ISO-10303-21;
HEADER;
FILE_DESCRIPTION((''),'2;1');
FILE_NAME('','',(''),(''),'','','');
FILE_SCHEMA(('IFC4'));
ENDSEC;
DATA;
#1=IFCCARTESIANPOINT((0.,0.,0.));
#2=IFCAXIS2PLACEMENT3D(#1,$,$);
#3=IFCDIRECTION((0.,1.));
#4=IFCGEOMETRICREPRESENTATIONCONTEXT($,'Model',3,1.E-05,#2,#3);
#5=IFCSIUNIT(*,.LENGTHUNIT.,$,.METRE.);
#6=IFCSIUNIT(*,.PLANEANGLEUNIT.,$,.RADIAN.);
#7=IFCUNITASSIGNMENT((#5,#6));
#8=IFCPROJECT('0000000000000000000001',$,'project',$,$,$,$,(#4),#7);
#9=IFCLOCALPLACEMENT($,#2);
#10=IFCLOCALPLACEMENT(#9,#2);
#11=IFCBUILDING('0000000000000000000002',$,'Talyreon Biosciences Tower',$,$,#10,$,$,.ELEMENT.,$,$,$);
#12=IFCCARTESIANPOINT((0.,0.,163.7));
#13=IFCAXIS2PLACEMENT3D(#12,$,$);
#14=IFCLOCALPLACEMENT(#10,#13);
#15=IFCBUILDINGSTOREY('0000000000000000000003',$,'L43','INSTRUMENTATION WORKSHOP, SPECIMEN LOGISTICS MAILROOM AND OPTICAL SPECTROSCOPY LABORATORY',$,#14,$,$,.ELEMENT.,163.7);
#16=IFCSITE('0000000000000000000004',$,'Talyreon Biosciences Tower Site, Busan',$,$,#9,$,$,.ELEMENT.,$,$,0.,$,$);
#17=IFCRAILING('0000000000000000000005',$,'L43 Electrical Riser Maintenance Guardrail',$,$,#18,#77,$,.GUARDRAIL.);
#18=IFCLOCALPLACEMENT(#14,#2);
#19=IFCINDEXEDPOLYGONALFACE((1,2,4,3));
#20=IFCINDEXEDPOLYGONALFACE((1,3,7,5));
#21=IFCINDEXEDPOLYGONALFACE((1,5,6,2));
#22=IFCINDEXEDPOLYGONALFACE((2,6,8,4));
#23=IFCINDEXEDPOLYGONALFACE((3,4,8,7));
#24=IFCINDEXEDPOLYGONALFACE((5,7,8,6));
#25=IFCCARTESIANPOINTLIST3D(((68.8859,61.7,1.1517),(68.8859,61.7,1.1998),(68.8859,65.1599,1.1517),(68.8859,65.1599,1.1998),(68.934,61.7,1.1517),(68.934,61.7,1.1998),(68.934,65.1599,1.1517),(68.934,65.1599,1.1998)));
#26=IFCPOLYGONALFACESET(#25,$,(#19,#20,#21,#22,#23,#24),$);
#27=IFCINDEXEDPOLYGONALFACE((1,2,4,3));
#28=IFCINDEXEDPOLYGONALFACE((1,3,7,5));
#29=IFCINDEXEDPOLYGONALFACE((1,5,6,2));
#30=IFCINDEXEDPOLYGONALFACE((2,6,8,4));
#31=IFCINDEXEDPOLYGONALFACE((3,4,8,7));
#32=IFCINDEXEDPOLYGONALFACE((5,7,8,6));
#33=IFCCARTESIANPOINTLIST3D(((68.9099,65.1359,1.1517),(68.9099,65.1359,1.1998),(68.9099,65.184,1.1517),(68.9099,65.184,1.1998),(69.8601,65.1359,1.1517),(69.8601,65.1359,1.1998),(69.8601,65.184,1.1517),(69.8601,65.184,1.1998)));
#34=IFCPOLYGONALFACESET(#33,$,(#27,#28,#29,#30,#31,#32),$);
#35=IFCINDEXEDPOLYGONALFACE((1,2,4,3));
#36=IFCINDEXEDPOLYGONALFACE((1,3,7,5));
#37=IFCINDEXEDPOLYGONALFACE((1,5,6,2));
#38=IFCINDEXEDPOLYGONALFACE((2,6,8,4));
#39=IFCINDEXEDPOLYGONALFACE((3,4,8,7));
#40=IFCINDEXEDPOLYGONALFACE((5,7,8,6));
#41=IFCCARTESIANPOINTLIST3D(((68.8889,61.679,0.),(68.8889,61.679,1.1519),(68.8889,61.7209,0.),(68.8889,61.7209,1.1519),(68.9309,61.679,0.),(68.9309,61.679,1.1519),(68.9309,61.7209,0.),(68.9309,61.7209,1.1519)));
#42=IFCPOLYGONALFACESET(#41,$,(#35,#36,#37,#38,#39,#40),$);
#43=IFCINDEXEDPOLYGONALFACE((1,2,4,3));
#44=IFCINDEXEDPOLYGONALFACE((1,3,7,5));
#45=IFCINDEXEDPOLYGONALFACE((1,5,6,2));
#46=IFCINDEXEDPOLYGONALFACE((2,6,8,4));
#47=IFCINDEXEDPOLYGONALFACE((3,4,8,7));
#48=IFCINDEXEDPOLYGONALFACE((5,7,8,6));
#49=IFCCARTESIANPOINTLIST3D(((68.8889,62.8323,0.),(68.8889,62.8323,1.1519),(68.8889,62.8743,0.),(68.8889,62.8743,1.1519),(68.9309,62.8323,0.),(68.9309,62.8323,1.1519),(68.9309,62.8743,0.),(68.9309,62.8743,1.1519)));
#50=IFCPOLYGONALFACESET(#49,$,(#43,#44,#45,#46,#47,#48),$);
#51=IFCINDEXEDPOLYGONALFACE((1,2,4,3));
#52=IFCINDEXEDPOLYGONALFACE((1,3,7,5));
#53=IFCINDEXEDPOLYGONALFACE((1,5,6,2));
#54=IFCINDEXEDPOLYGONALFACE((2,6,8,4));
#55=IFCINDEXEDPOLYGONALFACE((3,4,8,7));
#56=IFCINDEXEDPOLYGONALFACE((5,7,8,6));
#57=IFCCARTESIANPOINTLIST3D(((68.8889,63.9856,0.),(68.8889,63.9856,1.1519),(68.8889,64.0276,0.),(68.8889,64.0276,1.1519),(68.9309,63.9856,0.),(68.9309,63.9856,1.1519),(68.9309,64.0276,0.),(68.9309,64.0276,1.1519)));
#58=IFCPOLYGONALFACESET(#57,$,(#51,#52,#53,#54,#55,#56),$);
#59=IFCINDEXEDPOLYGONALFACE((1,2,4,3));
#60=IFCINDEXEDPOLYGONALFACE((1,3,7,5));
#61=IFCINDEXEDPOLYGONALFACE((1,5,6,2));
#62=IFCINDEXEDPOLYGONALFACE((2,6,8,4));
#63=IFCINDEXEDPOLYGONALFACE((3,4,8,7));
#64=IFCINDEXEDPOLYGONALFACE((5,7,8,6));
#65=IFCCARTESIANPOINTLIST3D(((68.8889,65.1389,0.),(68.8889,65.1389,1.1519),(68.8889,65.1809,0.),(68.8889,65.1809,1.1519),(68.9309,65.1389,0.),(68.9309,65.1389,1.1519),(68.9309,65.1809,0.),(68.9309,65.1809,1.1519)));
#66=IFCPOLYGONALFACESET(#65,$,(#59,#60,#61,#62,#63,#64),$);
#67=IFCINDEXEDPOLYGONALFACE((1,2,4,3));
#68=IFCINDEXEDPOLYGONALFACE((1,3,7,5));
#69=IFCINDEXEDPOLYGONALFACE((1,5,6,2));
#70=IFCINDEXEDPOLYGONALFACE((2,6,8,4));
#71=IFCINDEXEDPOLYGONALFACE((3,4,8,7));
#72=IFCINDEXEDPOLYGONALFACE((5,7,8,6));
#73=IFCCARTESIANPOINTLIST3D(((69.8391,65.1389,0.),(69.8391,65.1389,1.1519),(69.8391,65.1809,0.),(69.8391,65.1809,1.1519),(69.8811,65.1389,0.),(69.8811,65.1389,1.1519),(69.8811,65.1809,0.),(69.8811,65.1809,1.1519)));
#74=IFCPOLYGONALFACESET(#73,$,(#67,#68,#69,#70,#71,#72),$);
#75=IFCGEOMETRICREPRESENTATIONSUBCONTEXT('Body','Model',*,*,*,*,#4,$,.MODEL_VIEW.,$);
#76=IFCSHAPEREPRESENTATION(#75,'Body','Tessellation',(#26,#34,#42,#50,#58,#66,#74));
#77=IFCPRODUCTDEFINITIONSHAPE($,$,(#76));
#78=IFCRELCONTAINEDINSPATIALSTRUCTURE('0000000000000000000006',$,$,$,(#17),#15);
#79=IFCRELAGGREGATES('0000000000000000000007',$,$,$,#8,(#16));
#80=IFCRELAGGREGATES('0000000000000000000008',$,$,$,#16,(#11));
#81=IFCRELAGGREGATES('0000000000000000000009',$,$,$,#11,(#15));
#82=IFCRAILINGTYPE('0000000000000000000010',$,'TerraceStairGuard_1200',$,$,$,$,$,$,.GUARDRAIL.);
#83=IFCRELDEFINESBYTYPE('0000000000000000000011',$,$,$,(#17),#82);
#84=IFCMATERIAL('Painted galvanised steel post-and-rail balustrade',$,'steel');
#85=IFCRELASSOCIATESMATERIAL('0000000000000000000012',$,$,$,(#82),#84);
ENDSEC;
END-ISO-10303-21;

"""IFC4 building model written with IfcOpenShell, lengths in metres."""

from ifc_helpers import new_model, si_unit, direction, frame, origin, origin_2d, place, context, subcontext, project, spatial, rectangle, extrude, material, type_object, element, save


model = new_model("IFC4")

# Units and contexts
model_context = context("Model", 3, precision=1e-05, world=origin(), true_north=direction((0.0, 1.0)))
body_context = subcontext(model_context, "Body", "Model", "MODEL_VIEW")
ifc_project = project(units=[si_unit("LENGTHUNIT", "METRE"), si_unit("PLANEANGLEUNIT", "RADIAN")], contexts=[model_context])

# Site, building, storey
site_placement = place(None, origin())
site = spatial("IfcSite", under=ifc_project, at=site_placement, Name="Talyreon Biosciences Tower Site, Busan", CompositionType="ELEMENT", RefElevation=0.0)
building_placement = place(site_placement, origin())
building = spatial("IfcBuilding", under=site, at=building_placement, Name="Talyreon Biosciences Tower", CompositionType="ELEMENT")
storey_placement = place(building_placement, frame((0.0, 0.0, 163.7)))
storey = spatial("IfcBuildingStorey", under=building, at=storey_placement, Name="L43", Description="INSTRUMENTATION WORKSHOP, SPECIMEN LOGISTICS MAILROOM AND OPTICAL SPECTROSCOPY LABORATORY", CompositionType="ELEMENT", Elevation=163.7)

# Railing
ifc_material_1 = material(Name="Painted galvanised steel post-and-rail balustrade", Category="steel")
railing_type_1 = type_object("IfcRailingType", Name="TerraceStairGuard_1200", PredefinedType="GUARDRAIL", material=ifc_material_1)
railing_1_placement = place(storey_placement, frame((68.9099, 61.7, 0.0)))
element("IfcRailing", 1, at=railing_1_placement, inside=storey, type_object=railing_type_1, Name="L43 Electrical Riser Maintenance Guardrail", PredefinedType="GUARDRAIL", context=body_context, shape_type="SweptSolid", body=[
    extrude(rectangle(XDim=0.0481, YDim=0.0481, at=origin_2d()), frame((0.0, 0.0, 1.1758), z_axis=(0.0, 1.0, 0.0), x_axis=(-1.0, 0.0, 0.0)), (0.0, 0.0, 1.0), 3.46),
    extrude(rectangle(XDim=0.0481, YDim=0.0481, at=origin_2d()), frame((0.0, 3.46, 1.1758), z_axis=(1.0, 0.0, 0.0), x_axis=(0.0, 1.0, 0.0)), (0.0, 0.0, 1.0), 0.9502),
    extrude(rectangle(XDim=0.042, YDim=0.042, at=origin_2d()), origin(), (0.0, 0.0, 1.0), 1.1519),
    extrude(rectangle(XDim=0.042, YDim=0.042, at=origin_2d()), frame((0.0, 1.1533, 0.0)), (0.0, 0.0, 1.0), 1.1519),
    extrude(rectangle(XDim=0.042, YDim=0.042, at=origin_2d()), frame((0.0, 2.3066, 0.0)), (0.0, 0.0, 1.0), 1.1519),
    extrude(rectangle(XDim=0.042, YDim=0.042, at=origin_2d()), frame((0.0, 3.46, 0.0)), (0.0, 0.0, 1.0), 1.1519),
    extrude(rectangle(XDim=0.042, YDim=0.042, at=origin_2d()), frame((0.9502, 3.46, 0.0)), (0.0, 0.0, 1.0), 1.1519),
])

save(model, "model.ifc")
